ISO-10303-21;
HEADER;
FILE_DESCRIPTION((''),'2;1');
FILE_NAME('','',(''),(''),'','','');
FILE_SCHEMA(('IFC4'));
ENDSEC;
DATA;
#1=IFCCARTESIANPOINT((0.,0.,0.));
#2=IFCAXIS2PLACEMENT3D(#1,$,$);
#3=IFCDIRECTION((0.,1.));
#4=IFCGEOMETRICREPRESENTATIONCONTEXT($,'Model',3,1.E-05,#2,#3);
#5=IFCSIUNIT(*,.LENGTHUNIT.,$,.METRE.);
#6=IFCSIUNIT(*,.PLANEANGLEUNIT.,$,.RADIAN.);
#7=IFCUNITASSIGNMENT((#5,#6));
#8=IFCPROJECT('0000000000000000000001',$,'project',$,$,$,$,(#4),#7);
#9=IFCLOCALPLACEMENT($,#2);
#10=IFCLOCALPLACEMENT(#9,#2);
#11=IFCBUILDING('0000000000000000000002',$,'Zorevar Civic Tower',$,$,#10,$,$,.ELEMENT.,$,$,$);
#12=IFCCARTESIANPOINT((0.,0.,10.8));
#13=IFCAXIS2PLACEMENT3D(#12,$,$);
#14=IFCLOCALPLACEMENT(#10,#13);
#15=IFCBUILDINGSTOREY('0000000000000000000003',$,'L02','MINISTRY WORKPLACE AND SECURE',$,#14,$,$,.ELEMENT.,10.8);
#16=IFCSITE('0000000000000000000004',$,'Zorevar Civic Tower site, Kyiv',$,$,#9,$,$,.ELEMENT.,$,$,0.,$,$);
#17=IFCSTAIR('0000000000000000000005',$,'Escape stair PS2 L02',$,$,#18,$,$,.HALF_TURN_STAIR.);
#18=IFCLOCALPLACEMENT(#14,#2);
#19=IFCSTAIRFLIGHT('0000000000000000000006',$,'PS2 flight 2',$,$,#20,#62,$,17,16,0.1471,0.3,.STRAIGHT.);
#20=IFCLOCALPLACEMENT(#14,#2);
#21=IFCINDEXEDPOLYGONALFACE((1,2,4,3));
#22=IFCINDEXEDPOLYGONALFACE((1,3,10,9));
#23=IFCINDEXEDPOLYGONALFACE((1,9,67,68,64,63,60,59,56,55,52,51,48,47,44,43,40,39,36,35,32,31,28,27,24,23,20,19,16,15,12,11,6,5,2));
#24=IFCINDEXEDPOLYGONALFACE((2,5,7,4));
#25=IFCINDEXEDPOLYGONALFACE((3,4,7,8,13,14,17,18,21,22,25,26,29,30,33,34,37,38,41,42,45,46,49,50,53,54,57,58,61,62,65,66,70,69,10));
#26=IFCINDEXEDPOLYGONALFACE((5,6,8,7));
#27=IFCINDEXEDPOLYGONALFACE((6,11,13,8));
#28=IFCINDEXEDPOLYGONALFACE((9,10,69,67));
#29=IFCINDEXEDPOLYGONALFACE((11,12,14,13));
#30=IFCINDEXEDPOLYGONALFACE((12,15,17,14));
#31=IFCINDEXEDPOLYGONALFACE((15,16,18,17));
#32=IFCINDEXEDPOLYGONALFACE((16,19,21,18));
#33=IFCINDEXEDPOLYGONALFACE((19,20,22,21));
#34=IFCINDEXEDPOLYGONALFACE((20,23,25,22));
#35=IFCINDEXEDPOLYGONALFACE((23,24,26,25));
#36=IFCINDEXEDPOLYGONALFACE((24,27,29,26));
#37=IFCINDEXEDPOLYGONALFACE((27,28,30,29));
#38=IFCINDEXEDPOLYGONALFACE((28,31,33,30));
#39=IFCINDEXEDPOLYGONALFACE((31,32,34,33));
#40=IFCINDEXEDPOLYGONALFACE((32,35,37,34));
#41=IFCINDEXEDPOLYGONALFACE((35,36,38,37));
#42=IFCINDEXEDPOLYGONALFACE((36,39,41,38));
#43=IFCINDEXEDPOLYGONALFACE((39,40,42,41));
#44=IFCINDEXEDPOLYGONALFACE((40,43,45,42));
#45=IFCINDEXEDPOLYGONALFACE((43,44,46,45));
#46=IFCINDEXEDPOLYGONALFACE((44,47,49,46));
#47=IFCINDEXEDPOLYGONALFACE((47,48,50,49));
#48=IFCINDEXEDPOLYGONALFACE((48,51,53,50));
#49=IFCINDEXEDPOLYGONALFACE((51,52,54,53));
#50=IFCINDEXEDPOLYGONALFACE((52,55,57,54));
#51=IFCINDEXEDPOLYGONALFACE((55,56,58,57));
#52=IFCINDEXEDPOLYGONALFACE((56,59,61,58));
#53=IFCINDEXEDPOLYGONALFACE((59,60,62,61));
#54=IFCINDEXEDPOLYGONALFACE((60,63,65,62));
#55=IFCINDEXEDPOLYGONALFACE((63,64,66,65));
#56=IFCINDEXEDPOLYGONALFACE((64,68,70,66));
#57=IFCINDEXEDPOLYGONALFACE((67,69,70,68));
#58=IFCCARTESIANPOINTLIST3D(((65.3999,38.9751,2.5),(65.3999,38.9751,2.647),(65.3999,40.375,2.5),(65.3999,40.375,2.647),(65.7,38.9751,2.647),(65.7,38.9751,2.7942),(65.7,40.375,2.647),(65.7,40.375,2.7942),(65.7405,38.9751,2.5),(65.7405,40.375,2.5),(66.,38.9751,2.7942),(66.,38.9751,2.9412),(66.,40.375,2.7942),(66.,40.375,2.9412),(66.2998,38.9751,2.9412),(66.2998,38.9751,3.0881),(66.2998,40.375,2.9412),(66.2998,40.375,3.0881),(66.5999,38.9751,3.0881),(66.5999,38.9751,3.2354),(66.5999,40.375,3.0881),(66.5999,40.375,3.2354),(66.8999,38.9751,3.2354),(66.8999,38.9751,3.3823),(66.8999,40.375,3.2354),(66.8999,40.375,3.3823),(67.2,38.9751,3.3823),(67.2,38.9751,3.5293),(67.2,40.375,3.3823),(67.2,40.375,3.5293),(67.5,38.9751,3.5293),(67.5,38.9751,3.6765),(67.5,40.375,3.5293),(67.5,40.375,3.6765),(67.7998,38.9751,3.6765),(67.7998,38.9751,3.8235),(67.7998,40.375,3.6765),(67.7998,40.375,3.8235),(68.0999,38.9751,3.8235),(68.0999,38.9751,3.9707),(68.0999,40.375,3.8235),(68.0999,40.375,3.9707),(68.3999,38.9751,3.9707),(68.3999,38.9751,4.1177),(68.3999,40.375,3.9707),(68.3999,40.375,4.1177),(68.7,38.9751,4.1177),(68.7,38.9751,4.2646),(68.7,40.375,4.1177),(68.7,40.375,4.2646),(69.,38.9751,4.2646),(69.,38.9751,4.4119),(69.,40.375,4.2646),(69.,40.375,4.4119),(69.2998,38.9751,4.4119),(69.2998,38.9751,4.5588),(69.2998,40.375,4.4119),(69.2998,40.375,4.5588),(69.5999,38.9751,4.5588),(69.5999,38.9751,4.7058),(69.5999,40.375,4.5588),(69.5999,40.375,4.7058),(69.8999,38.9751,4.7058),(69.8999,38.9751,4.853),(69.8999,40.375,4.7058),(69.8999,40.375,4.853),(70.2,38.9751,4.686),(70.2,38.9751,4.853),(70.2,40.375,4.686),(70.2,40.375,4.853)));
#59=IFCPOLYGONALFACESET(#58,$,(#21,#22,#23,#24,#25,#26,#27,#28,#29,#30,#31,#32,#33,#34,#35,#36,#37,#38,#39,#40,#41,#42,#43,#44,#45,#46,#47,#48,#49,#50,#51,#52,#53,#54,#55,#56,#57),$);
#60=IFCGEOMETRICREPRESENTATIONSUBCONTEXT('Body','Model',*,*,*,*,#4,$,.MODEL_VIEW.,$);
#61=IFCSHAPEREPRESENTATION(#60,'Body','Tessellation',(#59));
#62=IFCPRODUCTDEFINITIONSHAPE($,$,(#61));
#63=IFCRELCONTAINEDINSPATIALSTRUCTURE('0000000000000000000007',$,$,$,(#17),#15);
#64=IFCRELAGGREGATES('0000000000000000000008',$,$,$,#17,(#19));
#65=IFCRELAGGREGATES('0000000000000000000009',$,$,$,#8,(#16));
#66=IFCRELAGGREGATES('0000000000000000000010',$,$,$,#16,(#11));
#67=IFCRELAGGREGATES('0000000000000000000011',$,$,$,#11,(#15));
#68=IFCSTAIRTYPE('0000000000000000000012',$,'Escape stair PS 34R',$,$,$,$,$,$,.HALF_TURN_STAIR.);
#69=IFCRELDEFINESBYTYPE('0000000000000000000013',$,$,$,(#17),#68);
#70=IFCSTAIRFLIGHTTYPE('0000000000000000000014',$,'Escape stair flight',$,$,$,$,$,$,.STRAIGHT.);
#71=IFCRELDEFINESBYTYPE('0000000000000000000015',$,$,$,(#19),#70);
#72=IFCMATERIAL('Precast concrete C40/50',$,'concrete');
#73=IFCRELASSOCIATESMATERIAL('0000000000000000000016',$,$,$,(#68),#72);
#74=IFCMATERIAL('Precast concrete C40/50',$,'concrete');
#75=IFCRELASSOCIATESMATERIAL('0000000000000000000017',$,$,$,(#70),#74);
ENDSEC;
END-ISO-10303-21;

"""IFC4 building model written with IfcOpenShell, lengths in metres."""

from ifc_helpers import new_model, si_unit, direction, frame, origin, place, context, subcontext, project, spatial, polyline, outline, extrude, material, type_object, element, aggregate, save


model = new_model("IFC4")

# Units and contexts
model_context = context("Model", 3, precision=1e-05, world=origin(), true_north=direction((0.0, 1.0)))
body_context = subcontext(model_context, "Body", "Model", "MODEL_VIEW")
ifc_project = project(units=[si_unit("LENGTHUNIT", "METRE"), si_unit("PLANEANGLEUNIT", "RADIAN")], contexts=[model_context])

# Site, building, storey
site_placement = place(None, origin())
site = spatial("IfcSite", under=ifc_project, at=site_placement, Name="Zorevar Civic Tower site, Kyiv", CompositionType="ELEMENT", RefElevation=0.0)
building_placement = place(site_placement, origin())
building = spatial("IfcBuilding", under=site, at=building_placement, Name="Zorevar Civic Tower", CompositionType="ELEMENT")
storey_placement = place(building_placement, frame((0.0, 0.0, 10.8)))
storey = spatial("IfcBuildingStorey", under=building, at=storey_placement, Name="L02", Description="MINISTRY WORKPLACE AND SECURE", CompositionType="ELEMENT", Elevation=10.8)

# Stair, stair flight
ifc_material_1 = material(Name="Precast concrete C40/50", Category="concrete")
stair_type = type_object("IfcStairType", Name="Escape stair PS 34R", PredefinedType="HALF_TURN_STAIR", material=ifc_material_1)
stair_placement = place(storey_placement, origin())
stair = element("IfcStair", 1, at=stair_placement, inside=storey, type_object=stair_type, Name="Escape stair PS2 L02", PredefinedType="HALF_TURN_STAIR")
ifc_material_2 = material(Name="Precast concrete C40/50", Category="concrete")
stair_flight_type = type_object("IfcStairFlightType", Name="Escape stair flight", PredefinedType="STRAIGHT", material=ifc_material_2)
stair_flight_1_placement = place(storey_placement, frame((65.3999, 39.675, 2.5), z_axis=(0.0, 0.0, 1.0), x_axis=(1.0, 0.0, 0.0)))
stair_flight_1 = element("IfcStairFlight", 2, at=stair_flight_1_placement, type_object=stair_flight_type, Name="PS2 flight 2", NumberOfRisers=17, NumberOfTreads=16, PredefinedType="STRAIGHT", RiserHeight=0.1471, TreadLength=0.3, context=body_context, shape_type="SweptSolid", body=[
    extrude(outline(polyline([(0.0, 0.0), (0.0, 0.147), (0.3, 0.147), (0.3, 0.2942), (0.6001, 0.2942), (0.6001, 0.4412), (0.8999, 0.4412), (0.8999, 0.5881), (1.2, 0.5881), (1.2, 0.7354), (1.5, 0.7354), (1.5, 0.8823), (1.8, 0.8823), (1.8, 1.0293), (2.1001, 1.0293), (2.1001, 1.1765), (2.3999, 1.1765), (2.3999, 1.3235), (2.7, 1.3235), (2.7, 1.4707), (3.0, 1.4707), (3.0, 1.6177), (3.3, 1.6177), (3.3, 1.7646), (3.6001, 1.7646), (3.6001, 1.9119), (3.8999, 1.9119), (3.8999, 2.0588), (4.2, 2.0588), (4.2, 2.2058), (4.5, 2.2058), (4.5, 2.353), (4.8, 2.353), (4.8, 2.5), (4.8, 2.186), (0.3406, 0.0), (0.0, 0.0)])), frame((0.0, 0.7, 0.0), z_axis=(0.0, -1.0, 0.0), x_axis=(1.0, 0.0, 0.0)), (0.0, 0.0, 1.0), 1.3999),
])
aggregate(stair, [stair_flight_1])

save(model, "model.ifc")
